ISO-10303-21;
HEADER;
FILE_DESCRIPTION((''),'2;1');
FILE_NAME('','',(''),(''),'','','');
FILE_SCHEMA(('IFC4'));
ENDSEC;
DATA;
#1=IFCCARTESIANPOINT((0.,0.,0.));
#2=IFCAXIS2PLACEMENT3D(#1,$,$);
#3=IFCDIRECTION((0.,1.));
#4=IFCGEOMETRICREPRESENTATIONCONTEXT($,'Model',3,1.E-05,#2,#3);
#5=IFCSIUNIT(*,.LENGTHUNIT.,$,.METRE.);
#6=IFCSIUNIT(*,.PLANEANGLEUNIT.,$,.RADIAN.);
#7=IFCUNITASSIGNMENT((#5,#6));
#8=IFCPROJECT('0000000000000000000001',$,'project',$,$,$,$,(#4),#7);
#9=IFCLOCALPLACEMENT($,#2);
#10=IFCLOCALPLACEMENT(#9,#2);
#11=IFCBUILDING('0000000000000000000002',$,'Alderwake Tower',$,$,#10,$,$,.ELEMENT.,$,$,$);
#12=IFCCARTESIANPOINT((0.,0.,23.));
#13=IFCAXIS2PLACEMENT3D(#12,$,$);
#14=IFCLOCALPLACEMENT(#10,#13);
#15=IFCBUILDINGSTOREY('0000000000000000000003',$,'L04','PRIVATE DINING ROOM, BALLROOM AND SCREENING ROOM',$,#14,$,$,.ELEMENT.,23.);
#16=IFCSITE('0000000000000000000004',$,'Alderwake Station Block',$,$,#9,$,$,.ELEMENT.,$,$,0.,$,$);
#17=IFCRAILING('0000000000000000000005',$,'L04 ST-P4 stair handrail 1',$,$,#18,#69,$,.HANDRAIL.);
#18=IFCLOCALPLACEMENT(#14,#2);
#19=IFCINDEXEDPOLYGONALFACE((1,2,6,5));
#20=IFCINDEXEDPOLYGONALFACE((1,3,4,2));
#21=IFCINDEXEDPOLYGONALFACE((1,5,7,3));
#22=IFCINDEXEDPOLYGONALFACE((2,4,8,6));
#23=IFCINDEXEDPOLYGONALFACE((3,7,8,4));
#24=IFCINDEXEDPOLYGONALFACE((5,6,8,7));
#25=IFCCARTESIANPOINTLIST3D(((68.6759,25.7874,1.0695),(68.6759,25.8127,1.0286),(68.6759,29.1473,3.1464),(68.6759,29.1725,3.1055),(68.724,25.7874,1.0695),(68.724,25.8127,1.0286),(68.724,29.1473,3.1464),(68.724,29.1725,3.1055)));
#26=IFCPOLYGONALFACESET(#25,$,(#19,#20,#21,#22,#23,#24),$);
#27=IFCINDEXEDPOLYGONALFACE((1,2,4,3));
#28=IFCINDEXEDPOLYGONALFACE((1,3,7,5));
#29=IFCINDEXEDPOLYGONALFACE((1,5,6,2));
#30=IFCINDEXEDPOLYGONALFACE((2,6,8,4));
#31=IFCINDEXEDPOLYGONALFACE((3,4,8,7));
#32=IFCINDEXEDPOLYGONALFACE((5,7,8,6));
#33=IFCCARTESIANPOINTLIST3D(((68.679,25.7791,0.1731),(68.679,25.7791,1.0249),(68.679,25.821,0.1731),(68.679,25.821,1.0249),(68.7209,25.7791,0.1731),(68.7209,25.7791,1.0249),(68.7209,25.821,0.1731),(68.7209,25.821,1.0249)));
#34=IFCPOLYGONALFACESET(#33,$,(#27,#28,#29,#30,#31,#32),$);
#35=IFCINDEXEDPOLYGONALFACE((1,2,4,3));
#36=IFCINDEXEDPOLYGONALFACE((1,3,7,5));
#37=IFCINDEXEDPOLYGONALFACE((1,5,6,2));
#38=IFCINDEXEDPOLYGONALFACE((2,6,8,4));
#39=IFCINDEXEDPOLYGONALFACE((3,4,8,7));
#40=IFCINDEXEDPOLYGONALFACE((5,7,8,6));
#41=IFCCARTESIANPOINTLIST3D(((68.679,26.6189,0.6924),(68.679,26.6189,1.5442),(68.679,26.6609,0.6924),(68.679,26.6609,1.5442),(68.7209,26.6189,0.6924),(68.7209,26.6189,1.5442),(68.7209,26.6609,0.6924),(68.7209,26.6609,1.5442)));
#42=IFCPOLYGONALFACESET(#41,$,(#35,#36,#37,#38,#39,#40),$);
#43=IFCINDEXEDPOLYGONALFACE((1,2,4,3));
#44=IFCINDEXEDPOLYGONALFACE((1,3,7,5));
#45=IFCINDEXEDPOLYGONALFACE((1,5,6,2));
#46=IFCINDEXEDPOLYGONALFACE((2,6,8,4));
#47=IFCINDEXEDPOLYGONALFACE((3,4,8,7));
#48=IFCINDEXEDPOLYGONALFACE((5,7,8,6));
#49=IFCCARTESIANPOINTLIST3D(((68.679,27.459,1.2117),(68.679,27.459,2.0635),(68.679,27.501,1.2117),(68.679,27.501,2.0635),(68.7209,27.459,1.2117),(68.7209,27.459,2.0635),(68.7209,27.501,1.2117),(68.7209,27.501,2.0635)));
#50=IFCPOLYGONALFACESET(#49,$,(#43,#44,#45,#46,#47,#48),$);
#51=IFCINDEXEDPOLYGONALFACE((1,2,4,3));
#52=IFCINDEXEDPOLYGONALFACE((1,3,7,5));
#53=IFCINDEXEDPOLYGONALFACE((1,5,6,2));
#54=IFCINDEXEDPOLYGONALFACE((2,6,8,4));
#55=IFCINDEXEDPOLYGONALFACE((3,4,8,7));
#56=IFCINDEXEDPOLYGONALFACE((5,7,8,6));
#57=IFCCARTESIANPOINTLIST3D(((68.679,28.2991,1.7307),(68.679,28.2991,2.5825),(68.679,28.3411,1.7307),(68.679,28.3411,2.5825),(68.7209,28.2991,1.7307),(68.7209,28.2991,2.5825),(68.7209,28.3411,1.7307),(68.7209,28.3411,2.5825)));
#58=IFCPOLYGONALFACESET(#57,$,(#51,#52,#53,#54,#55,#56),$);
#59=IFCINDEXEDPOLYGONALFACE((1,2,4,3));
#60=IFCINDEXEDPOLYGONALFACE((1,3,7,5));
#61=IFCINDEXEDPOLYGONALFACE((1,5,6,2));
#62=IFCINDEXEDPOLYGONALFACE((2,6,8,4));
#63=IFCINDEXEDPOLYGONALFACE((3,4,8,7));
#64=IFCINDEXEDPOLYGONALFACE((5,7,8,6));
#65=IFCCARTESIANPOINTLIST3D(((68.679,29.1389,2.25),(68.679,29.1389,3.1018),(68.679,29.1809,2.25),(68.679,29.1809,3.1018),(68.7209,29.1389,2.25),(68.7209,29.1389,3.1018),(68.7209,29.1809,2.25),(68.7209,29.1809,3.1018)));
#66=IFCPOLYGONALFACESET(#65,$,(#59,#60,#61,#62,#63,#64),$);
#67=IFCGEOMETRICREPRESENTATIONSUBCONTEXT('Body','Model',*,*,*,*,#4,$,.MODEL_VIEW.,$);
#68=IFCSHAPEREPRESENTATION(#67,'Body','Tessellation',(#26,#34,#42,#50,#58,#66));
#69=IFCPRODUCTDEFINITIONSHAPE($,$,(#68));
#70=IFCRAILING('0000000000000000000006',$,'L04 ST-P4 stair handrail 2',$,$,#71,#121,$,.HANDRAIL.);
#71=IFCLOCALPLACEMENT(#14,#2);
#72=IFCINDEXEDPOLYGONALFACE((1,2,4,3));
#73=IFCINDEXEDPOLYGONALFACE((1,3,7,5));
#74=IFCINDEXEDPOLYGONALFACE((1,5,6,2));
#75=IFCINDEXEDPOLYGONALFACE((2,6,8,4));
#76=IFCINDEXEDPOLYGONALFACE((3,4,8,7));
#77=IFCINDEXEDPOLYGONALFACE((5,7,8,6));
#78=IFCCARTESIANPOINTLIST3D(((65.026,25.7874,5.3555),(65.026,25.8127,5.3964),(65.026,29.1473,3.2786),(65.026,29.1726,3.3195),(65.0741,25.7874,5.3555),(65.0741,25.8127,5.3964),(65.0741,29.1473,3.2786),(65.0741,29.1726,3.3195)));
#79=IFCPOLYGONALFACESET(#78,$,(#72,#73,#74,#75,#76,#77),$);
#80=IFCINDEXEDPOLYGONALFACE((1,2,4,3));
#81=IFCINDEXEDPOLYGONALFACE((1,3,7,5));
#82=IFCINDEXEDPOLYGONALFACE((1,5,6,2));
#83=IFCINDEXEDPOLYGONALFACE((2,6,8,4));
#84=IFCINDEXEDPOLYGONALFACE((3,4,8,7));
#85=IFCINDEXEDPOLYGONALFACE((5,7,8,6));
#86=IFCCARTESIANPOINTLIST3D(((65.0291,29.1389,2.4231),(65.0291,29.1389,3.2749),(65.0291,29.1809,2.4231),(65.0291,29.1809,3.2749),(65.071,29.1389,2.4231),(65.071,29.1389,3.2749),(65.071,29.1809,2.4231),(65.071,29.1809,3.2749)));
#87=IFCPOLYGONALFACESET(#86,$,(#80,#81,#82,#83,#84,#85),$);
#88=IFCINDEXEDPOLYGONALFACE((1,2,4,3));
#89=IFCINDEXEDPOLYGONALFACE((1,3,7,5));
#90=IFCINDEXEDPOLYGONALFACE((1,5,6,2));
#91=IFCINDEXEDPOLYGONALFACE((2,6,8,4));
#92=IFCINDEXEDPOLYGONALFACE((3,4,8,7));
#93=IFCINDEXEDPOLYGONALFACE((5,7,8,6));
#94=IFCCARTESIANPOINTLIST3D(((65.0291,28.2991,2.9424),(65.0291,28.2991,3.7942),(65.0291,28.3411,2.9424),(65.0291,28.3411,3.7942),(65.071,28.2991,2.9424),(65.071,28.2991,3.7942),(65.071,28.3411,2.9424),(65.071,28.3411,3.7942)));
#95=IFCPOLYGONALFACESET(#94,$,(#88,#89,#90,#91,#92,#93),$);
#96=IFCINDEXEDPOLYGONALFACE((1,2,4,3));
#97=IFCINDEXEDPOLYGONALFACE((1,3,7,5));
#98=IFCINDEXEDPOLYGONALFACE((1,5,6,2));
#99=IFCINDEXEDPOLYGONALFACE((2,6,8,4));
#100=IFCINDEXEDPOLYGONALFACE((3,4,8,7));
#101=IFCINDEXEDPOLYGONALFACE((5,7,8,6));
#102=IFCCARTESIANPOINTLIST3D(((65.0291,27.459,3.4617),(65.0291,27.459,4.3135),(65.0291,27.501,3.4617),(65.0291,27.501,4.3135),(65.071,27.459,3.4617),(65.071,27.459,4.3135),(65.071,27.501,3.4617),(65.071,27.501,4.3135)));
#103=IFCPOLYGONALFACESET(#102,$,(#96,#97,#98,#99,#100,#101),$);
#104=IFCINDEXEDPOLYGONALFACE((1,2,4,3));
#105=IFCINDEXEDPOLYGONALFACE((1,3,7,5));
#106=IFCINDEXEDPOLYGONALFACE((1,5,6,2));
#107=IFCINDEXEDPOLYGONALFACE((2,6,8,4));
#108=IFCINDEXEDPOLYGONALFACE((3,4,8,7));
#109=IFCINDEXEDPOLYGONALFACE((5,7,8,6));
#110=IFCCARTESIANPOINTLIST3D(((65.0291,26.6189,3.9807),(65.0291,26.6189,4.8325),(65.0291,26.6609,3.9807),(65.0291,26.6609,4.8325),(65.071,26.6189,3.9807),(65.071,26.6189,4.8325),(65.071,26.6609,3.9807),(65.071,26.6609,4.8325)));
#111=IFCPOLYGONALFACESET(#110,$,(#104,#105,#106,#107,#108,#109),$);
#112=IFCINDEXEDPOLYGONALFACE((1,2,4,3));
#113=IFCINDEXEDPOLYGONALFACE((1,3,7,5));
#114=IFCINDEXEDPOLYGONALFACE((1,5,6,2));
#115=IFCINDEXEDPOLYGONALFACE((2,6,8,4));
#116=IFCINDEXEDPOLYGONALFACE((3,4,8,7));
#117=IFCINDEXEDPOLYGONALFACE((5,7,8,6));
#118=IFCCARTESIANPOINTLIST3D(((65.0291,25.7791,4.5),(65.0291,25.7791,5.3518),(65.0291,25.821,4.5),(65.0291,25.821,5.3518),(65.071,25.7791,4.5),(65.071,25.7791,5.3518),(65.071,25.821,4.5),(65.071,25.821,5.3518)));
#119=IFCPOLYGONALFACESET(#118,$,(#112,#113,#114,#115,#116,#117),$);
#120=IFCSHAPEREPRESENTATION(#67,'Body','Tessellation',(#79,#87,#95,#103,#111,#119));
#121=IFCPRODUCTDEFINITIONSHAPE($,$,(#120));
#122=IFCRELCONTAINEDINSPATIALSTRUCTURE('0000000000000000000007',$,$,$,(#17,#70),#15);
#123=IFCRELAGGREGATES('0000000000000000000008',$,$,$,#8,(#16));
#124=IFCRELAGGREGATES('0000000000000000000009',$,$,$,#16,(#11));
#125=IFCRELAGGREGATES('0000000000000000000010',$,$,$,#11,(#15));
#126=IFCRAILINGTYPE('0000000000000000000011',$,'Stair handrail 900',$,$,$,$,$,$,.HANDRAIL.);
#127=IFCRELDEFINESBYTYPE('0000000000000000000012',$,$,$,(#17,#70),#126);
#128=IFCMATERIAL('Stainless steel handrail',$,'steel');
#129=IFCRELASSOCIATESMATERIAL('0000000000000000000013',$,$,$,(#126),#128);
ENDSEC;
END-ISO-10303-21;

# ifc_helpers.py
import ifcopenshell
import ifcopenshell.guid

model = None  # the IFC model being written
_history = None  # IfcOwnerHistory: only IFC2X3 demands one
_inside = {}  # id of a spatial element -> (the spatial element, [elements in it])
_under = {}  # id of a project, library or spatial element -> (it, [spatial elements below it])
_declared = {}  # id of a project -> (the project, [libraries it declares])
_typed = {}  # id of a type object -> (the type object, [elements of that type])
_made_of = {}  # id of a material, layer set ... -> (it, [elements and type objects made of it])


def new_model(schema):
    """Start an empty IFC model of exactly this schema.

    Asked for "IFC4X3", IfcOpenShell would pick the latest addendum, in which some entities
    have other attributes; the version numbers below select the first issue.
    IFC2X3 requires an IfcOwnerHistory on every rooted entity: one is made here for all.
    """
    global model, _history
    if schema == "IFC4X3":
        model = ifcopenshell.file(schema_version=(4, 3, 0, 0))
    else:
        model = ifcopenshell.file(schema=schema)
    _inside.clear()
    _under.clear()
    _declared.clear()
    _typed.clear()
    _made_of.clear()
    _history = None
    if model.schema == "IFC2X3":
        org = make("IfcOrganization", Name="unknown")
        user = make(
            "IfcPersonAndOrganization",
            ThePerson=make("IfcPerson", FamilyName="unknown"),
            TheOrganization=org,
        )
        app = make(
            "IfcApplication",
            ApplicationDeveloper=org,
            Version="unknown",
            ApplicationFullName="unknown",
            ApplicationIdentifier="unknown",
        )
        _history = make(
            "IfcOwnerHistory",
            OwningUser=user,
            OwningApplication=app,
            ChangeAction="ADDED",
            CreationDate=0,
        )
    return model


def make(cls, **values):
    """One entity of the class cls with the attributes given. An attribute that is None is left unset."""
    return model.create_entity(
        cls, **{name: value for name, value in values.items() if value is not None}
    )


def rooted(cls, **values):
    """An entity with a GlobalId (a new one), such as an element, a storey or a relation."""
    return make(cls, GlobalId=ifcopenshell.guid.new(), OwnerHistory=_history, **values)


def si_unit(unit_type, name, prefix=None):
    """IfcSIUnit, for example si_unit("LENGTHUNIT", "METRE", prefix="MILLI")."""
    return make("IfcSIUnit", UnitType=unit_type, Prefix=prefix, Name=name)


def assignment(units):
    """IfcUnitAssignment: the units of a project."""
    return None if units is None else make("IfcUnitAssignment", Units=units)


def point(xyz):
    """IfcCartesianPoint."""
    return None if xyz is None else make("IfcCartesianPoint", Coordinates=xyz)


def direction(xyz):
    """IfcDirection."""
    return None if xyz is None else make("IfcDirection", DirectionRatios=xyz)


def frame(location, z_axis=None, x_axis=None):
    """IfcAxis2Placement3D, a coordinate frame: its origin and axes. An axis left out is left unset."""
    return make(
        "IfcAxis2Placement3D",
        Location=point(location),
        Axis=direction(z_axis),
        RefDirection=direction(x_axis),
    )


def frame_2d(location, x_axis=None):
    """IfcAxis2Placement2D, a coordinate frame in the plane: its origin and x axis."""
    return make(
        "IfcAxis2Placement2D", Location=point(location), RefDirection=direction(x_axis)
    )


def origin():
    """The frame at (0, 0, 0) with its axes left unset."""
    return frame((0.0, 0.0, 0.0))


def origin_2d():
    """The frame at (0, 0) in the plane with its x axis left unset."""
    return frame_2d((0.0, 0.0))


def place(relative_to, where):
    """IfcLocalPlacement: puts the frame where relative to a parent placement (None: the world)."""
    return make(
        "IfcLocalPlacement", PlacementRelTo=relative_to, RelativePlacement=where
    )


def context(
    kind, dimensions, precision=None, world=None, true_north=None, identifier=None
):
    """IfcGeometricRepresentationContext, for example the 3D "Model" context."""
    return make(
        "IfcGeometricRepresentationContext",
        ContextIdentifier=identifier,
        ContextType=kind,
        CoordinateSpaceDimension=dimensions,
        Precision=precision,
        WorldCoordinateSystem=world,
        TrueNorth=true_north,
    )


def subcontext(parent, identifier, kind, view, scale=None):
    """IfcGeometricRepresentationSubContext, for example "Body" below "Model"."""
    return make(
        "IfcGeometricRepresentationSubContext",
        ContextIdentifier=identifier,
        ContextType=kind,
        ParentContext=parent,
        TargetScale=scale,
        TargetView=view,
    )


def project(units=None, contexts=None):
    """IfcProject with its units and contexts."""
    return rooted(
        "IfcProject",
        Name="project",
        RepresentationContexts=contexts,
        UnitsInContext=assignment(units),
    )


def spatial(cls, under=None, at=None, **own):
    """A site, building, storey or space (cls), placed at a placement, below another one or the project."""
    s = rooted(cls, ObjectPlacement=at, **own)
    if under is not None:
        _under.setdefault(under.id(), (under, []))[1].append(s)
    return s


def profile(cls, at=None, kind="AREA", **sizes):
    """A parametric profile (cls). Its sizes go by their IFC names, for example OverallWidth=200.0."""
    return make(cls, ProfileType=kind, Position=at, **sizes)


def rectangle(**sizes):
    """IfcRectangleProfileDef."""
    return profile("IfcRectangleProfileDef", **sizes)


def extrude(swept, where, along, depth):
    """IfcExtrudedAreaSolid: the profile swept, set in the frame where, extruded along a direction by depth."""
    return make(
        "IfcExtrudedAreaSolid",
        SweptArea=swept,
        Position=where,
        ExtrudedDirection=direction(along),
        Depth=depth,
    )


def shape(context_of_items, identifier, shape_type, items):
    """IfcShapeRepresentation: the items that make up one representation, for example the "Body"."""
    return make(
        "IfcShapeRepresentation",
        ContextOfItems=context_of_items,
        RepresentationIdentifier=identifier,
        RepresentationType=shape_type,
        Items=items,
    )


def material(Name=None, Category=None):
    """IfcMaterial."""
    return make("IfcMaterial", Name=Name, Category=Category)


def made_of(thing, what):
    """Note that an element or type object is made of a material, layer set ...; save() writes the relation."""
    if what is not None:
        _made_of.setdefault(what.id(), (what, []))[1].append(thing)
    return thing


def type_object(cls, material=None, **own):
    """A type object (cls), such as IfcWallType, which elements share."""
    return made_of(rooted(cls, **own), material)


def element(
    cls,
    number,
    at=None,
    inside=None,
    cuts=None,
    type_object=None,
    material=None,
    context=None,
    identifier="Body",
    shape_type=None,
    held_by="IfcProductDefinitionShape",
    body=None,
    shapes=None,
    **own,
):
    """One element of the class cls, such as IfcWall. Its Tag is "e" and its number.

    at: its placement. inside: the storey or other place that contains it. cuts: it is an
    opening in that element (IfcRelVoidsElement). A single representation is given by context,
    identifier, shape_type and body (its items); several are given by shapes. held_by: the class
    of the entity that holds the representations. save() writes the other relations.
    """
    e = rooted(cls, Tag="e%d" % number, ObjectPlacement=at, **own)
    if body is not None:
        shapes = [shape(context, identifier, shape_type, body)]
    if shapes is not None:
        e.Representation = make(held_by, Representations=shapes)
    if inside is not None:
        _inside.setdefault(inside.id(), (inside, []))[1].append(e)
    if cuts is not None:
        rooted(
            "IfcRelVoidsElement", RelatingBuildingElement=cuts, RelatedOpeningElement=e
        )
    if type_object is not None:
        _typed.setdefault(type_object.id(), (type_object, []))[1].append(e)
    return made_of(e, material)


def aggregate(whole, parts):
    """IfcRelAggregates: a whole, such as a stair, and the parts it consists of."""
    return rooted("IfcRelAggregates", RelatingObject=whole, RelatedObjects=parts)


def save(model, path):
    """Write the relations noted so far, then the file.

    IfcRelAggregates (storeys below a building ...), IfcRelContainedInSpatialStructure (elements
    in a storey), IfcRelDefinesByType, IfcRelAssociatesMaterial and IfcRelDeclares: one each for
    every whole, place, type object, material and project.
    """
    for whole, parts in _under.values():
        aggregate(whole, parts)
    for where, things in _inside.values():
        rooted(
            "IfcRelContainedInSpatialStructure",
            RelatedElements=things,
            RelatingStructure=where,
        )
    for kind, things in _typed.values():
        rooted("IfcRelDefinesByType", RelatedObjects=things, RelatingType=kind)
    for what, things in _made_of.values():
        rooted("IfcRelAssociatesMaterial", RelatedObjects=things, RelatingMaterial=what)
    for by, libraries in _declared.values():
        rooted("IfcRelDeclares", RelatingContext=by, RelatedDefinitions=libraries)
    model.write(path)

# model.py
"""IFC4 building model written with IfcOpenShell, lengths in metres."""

from ifc_helpers import new_model, si_unit, direction, frame, origin, origin_2d, place, context, subcontext, project, spatial, rectangle, extrude, material, type_object, element, save


model = new_model("IFC4")

# Units and contexts
model_context = context("Model", 3, precision=1e-05, world=origin(), true_north=direction((0.0, 1.0)))
body_context = subcontext(model_context, "Body", "Model", "MODEL_VIEW")
ifc_project = project(units=[si_unit("LENGTHUNIT", "METRE"), si_unit("PLANEANGLEUNIT", "RADIAN")], contexts=[model_context])

# Site, building, storey
site_placement = place(None, origin())
site = spatial("IfcSite", under=ifc_project, at=site_placement, Name="Alderwake Station Block", CompositionType="ELEMENT", RefElevation=0.0)
building_placement = place(site_placement, origin())
building = spatial("IfcBuilding", under=site, at=building_placement, Name="Alderwake Tower", CompositionType="ELEMENT")
storey_placement = place(building_placement, frame((0.0, 0.0, 23.0)))
storey = spatial("IfcBuildingStorey", under=building, at=storey_placement, Name="L04", Description="PRIVATE DINING ROOM, BALLROOM AND SCREENING ROOM", CompositionType="ELEMENT", Elevation=23.0)

# Railings
ifc_material_1 = material(Name="Stainless steel handrail", Category="steel")
railing_type_1 = type_object("IfcRailingType", Name="Stair handrail 900", PredefinedType="HANDRAIL", material=ifc_material_1)
railing_1_placement = place(storey_placement, frame((68.7, 25.8, 0.1731)))
element("IfcRailing", 1, at=railing_1_placement, inside=storey, type_object=railing_type_1, Name="L04 ST-P4 stair handrail 1", PredefinedType="HANDRAIL", context=body_context, shape_type="SweptSolid", body=[
    extrude(rectangle(XDim=0.0481, YDim=0.0481, at=origin_2d()), frame((0.0, 0.0, 0.876), z_axis=(0.0, 0.850606, 0.525803), x_axis=(-1.0, 0.0, 0.0)), (0.0, 0.0, 1.0), 3.95),
    extrude(rectangle(XDim=0.042, YDim=0.042, at=origin_2d()), frame((0.0, 0.0, 0.0), z_axis=(0.0, 0.0, 1.0), x_axis=(0.0, 1.0, 0.0)), (0.0, 0.0, 1.0), 0.8518),
    extrude(rectangle(XDim=0.042, YDim=0.042, at=origin_2d()), frame((0.0, 0.8398, 0.5193), z_axis=(0.0, 0.0, 1.0), x_axis=(0.0, 1.0, 0.0)), (0.0, 0.0, 1.0), 0.8518),
    extrude(rectangle(XDim=0.042, YDim=0.042, at=origin_2d()), frame((0.0, 1.6799, 1.0386), z_axis=(0.0, 0.0, 1.0), x_axis=(0.0, 1.0, 0.0)), (0.0, 0.0, 1.0), 0.8518),
    extrude(rectangle(XDim=0.042, YDim=0.042, at=origin_2d()), frame((0.0, 2.52, 1.5576), z_axis=(0.0, 0.0, 1.0), x_axis=(0.0, 1.0, 0.0)), (0.0, 0.0, 1.0), 0.8518),
    extrude(rectangle(XDim=0.042, YDim=0.042, at=origin_2d()), frame((0.0, 3.3599, 2.0769), z_axis=(0.0, 0.0, 1.0), x_axis=(0.0, 1.0, 0.0)), (0.0, 0.0, 1.0), 0.8518),
])
railing_2_placement = place(storey_placement, frame((65.05, 29.1599, 2.4231)))
element("IfcRailing", 2, at=railing_2_placement, inside=storey, type_object=railing_type_1, Name="L04 ST-P4 stair handrail 2", PredefinedType="HANDRAIL", context=body_context, shape_type="SweptSolid", body=[
    extrude(rectangle(XDim=0.0481, YDim=0.0481, at=origin_2d()), frame((0.0, 0.0, 0.876), z_axis=(0.0, -0.850606, 0.525803), x_axis=(1.0, 0.0, 0.0)), (0.0, 0.0, 1.0), 3.95),
    extrude(rectangle(XDim=0.042, YDim=0.042, at=origin_2d()), frame((0.0, 0.0, 0.0), z_axis=(0.0, 0.0, 1.0), x_axis=(0.0, -1.0, 0.0)), (0.0, 0.0, 1.0), 0.8518),
    extrude(rectangle(XDim=0.042, YDim=0.042, at=origin_2d()), frame((0.0, -0.8398, 0.5193), z_axis=(0.0, 0.0, 1.0), x_axis=(0.0, -1.0, 0.0)), (0.0, 0.0, 1.0), 0.8518),
    extrude(rectangle(XDim=0.042, YDim=0.042, at=origin_2d()), frame((0.0, -1.6799, 1.0386), z_axis=(0.0, 0.0, 1.0), x_axis=(0.0, -1.0, 0.0)), (0.0, 0.0, 1.0), 0.8518),
    extrude(rectangle(XDim=0.042, YDim=0.042, at=origin_2d()), frame((0.0, -2.52, 1.5576), z_axis=(0.0, 0.0, 1.0), x_axis=(0.0, -1.0, 0.0)), (0.0, 0.0, 1.0), 0.8518),
    extrude(rectangle(XDim=0.042, YDim=0.042, at=origin_2d()), frame((0.0, -3.3599, 2.0769), z_axis=(0.0, 0.0, 1.0), x_axis=(0.0, -1.0, 0.0)), (0.0, 0.0, 1.0), 0.8518),
])

save(model, "model.ifc")
